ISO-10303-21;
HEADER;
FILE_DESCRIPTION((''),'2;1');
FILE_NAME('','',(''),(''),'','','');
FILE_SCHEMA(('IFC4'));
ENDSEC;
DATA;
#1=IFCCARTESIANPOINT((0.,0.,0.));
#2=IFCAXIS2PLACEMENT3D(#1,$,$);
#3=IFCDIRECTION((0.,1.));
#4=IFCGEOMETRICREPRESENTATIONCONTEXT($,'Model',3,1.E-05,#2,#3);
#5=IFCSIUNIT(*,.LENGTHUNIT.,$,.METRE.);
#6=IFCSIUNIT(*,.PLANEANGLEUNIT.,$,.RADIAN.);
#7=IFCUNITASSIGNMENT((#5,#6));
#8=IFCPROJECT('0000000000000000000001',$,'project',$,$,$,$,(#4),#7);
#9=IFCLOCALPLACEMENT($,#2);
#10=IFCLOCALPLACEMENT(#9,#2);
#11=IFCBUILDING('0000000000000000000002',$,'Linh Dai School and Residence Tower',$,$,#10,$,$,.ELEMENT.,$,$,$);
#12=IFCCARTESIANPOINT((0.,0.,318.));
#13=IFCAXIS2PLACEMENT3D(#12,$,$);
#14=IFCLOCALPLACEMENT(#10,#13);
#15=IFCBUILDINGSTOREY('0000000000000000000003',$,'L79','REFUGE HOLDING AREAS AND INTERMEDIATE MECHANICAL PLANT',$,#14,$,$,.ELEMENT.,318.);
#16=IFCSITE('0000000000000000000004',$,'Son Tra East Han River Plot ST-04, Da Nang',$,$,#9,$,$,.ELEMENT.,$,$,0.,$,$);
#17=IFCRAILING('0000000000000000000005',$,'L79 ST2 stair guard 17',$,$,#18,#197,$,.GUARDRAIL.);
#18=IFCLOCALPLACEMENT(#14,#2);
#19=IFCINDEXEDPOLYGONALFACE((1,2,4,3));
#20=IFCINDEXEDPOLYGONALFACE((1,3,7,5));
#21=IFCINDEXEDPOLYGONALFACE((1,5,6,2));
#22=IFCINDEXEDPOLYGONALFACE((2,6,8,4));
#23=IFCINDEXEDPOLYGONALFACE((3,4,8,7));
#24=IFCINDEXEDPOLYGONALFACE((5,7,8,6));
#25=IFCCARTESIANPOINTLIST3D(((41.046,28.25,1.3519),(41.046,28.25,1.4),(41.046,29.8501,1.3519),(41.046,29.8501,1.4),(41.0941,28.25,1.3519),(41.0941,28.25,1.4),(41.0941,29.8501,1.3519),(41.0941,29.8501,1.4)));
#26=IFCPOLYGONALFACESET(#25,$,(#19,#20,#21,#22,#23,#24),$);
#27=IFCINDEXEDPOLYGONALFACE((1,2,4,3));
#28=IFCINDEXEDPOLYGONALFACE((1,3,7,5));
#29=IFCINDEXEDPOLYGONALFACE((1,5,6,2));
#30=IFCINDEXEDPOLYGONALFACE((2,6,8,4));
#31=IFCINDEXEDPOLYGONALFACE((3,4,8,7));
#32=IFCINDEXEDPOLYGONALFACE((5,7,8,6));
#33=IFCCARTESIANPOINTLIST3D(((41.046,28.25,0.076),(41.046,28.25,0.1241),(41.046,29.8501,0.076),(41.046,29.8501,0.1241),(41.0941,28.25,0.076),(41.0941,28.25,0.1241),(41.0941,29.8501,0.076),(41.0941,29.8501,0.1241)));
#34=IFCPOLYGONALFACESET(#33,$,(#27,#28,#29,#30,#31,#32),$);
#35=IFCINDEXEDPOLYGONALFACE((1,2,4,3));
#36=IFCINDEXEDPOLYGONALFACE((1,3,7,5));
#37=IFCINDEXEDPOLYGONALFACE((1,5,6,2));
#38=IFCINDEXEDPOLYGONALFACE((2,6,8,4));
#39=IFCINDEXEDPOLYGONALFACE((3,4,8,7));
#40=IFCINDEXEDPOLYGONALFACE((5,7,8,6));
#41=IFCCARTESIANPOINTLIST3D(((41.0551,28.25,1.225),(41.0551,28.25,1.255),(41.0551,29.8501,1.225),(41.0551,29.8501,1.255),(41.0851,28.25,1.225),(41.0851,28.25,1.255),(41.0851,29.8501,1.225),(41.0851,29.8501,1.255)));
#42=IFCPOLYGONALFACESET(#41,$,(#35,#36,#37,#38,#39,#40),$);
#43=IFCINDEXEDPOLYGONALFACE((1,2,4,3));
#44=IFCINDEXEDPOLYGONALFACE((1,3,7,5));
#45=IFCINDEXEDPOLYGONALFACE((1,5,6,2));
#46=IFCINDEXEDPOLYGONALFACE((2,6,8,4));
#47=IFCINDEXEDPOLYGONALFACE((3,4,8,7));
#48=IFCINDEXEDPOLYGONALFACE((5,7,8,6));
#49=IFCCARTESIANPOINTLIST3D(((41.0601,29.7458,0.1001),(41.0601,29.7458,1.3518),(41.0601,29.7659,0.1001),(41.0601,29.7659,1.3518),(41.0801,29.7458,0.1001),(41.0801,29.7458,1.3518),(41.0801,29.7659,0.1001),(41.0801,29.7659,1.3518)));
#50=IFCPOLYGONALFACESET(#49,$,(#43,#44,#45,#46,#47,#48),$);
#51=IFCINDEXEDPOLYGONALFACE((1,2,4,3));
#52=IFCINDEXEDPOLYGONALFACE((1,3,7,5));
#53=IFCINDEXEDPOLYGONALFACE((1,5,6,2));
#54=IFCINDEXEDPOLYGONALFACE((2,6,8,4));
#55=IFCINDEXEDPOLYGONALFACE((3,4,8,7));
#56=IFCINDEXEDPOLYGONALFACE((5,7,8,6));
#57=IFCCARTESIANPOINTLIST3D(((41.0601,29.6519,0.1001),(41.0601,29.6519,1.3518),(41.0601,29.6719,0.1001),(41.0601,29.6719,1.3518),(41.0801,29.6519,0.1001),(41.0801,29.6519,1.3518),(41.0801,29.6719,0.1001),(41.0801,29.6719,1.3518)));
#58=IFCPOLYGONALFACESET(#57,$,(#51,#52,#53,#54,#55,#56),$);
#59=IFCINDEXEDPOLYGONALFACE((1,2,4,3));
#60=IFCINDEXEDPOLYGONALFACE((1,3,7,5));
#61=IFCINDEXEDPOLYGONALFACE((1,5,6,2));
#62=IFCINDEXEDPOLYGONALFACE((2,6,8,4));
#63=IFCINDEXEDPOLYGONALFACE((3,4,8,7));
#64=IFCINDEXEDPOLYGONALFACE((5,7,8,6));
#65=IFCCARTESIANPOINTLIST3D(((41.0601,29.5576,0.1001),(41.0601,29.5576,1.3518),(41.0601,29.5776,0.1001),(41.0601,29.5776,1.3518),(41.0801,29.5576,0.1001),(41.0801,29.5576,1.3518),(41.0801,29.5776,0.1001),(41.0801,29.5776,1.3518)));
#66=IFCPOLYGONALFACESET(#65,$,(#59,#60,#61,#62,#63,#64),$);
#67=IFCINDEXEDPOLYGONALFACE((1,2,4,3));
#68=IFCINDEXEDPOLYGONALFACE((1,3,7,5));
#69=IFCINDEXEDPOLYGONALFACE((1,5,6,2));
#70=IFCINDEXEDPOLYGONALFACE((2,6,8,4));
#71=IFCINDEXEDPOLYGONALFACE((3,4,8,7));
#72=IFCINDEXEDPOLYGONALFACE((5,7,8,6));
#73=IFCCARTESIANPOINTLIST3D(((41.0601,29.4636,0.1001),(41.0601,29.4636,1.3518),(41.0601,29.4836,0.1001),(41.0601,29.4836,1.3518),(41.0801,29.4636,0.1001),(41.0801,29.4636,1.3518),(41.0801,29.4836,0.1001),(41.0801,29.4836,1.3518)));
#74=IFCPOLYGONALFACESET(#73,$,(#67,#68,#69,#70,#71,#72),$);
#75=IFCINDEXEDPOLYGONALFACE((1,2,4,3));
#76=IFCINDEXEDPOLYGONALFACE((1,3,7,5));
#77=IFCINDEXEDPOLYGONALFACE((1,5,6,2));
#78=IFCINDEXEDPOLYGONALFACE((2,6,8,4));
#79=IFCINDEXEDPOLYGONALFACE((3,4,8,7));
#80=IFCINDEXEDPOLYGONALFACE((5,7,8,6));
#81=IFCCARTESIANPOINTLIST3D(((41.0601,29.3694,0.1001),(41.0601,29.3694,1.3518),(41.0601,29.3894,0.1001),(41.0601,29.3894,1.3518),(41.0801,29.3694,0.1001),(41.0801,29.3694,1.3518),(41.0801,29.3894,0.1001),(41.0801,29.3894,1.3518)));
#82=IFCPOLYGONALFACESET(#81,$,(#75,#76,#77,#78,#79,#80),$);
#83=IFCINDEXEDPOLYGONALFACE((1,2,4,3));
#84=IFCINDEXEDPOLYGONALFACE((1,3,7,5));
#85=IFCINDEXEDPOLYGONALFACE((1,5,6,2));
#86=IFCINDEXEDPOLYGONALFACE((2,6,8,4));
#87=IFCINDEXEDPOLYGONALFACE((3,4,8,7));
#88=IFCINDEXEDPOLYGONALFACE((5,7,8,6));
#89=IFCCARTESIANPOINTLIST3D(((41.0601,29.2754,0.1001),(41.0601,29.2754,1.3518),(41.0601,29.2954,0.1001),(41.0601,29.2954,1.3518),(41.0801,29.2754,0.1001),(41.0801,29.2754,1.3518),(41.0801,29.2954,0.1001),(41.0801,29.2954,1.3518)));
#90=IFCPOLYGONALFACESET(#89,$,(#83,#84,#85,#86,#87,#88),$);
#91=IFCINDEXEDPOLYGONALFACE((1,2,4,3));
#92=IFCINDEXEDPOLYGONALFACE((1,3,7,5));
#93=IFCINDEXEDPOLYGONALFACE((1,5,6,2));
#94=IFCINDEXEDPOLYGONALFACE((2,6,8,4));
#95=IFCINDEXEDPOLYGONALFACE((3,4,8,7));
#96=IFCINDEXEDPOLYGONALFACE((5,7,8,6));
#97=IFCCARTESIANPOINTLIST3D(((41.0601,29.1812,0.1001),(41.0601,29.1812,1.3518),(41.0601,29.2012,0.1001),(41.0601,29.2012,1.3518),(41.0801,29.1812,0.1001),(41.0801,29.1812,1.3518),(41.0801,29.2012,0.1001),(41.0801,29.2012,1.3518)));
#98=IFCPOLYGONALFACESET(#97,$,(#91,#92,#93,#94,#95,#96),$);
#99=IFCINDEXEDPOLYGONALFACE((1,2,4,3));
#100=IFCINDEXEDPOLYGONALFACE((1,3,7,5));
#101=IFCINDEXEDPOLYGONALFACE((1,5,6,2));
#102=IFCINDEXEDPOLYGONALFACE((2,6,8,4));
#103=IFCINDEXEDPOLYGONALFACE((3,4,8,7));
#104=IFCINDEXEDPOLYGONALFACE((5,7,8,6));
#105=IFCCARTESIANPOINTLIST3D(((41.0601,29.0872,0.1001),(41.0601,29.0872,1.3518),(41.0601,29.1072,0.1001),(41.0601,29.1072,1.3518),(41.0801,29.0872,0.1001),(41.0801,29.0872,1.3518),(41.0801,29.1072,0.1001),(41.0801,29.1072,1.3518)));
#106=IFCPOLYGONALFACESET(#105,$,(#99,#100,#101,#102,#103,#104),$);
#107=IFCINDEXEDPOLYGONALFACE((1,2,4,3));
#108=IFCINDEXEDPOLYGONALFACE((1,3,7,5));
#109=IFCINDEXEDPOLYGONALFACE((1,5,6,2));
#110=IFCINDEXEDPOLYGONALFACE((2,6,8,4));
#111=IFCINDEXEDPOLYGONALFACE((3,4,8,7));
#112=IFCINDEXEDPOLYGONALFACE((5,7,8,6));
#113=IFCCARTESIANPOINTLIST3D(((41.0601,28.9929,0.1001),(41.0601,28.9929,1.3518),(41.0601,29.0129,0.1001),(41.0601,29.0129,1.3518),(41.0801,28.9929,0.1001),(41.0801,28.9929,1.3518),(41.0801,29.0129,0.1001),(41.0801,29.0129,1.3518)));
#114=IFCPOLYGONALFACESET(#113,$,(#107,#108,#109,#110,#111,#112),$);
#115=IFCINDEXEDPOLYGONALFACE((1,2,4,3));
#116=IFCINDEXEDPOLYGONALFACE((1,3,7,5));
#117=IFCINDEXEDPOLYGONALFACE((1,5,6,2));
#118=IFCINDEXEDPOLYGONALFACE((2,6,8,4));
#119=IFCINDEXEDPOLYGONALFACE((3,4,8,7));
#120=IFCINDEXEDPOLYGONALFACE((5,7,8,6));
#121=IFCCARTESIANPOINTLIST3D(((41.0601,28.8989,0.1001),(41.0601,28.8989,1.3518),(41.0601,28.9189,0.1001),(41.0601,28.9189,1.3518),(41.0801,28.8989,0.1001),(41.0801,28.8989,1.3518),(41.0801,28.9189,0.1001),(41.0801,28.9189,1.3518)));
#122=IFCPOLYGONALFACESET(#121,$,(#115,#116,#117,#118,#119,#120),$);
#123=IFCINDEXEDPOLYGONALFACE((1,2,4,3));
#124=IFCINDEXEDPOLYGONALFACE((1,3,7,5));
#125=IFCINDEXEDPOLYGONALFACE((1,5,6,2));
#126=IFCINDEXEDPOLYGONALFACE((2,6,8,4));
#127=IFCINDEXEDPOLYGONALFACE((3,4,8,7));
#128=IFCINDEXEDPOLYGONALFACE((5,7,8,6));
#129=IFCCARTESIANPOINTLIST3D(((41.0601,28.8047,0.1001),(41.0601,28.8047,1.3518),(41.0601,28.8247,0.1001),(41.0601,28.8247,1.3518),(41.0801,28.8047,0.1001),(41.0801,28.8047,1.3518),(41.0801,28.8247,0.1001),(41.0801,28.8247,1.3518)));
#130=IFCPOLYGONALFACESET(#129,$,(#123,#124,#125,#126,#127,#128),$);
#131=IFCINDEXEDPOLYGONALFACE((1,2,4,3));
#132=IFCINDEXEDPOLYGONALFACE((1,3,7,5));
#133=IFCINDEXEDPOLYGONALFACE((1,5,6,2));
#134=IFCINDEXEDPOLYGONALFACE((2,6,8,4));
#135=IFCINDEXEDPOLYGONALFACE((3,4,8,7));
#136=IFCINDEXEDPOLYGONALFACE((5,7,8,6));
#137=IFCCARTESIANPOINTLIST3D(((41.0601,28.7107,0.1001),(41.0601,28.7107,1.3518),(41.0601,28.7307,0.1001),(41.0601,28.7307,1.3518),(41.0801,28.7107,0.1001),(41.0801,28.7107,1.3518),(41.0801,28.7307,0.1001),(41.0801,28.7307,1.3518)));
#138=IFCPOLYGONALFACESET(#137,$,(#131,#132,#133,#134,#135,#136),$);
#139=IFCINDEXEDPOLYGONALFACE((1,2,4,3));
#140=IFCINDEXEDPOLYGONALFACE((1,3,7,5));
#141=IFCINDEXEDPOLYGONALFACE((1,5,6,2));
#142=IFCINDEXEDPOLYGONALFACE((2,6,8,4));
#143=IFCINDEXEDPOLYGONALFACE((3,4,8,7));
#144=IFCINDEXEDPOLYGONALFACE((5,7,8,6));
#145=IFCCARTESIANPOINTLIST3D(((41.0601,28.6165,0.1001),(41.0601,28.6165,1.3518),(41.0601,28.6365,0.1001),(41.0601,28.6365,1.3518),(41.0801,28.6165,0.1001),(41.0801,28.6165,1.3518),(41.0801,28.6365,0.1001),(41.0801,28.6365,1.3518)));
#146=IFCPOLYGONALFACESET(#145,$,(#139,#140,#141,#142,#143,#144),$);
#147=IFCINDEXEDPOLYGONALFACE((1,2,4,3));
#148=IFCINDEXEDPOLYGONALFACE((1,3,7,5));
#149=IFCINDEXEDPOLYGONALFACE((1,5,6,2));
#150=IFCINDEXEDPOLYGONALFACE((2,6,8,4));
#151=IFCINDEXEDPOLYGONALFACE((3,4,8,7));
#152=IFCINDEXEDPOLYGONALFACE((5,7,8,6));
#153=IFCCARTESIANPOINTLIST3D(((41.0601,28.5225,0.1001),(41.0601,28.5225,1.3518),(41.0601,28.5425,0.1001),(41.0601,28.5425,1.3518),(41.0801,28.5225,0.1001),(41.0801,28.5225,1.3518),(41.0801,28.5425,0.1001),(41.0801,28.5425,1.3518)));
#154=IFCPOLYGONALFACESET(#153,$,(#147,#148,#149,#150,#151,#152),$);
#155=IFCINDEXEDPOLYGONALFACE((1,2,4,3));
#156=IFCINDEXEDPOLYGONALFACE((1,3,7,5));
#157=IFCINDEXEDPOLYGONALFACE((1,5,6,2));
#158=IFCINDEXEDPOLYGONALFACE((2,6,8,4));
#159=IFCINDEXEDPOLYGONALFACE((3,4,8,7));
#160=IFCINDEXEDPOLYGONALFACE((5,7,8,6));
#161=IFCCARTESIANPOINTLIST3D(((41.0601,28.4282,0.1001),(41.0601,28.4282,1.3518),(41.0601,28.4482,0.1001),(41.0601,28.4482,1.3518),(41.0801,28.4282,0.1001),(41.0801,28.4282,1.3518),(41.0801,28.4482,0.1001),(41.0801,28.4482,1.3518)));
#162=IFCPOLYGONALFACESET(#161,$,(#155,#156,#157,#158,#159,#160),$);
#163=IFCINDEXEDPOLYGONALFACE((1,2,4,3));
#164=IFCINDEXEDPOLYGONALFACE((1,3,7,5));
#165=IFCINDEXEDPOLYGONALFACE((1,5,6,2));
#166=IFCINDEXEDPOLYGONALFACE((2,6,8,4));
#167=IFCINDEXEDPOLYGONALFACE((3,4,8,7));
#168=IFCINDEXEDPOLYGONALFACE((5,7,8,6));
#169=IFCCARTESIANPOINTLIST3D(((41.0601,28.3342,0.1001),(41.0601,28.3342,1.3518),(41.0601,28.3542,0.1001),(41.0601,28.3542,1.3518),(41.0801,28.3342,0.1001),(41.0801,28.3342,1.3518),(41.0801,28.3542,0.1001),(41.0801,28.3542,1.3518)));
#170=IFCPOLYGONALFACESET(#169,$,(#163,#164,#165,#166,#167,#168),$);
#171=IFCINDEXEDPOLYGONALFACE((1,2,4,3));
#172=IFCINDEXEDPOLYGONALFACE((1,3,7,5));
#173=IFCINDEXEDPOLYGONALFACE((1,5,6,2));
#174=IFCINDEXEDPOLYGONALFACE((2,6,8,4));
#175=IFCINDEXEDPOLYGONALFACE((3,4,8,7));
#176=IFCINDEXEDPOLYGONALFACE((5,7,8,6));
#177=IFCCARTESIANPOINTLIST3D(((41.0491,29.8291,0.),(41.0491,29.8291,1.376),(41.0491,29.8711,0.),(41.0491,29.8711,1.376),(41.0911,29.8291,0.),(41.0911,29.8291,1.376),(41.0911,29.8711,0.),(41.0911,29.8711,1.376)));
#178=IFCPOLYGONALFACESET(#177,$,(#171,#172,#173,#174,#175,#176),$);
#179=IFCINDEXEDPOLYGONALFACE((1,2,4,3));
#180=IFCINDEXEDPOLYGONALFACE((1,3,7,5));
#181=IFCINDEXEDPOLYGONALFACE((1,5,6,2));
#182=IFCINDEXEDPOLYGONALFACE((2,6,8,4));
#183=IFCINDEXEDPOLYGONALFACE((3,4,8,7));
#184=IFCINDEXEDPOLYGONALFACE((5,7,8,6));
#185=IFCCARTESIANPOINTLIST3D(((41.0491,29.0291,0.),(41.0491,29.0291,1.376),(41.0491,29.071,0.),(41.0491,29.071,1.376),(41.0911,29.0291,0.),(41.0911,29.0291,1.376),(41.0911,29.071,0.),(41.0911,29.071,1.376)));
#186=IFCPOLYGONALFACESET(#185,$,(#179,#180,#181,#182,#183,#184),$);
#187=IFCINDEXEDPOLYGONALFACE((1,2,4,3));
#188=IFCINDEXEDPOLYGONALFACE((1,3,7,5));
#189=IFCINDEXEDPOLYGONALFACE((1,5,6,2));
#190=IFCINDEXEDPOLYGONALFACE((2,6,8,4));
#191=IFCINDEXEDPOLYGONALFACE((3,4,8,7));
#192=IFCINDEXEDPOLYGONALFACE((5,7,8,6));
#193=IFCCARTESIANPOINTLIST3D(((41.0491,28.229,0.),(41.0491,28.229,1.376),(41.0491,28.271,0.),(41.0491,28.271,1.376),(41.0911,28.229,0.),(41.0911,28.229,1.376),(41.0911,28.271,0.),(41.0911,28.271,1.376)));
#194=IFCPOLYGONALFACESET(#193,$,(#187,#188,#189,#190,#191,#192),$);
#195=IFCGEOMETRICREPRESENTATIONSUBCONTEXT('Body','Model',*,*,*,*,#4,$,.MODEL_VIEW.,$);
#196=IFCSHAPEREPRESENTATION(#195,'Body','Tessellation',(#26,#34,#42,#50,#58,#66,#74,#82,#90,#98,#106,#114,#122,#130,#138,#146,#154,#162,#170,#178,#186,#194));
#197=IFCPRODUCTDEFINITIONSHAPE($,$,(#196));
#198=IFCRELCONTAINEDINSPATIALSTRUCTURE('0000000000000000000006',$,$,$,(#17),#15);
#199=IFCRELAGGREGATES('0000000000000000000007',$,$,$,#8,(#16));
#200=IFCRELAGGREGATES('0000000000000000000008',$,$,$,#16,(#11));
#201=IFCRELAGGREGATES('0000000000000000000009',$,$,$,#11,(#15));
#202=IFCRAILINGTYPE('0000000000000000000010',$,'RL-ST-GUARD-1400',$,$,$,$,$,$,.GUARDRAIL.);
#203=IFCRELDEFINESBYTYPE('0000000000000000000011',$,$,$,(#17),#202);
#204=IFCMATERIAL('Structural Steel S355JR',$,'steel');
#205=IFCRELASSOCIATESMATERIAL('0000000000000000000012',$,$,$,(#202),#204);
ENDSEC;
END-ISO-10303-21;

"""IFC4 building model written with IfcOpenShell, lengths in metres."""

from ifc_helpers import new_model, si_unit, direction, frame, origin, origin_2d, place, context, subcontext, project, spatial, rectangle, extrude, source, transform, mapped, material, type_object, element, save


model = new_model("IFC4")

# Units and contexts
model_context = context("Model", 3, precision=1e-05, world=origin(), true_north=direction((0.0, 1.0)))
body_context = subcontext(model_context, "Body", "Model", "MODEL_VIEW")
ifc_project = project(units=[si_unit("LENGTHUNIT", "METRE"), si_unit("PLANEANGLEUNIT", "RADIAN")], contexts=[model_context])

# Site, building, storey
site_placement = place(None, origin())
site = spatial("IfcSite", under=ifc_project, at=site_placement, Name="Son Tra East Han River Plot ST-04, Da Nang", CompositionType="ELEMENT", RefElevation=0.0)
building_placement = place(site_placement, origin())
building = spatial("IfcBuilding", under=site, at=building_placement, Name="Linh Dai School and Residence Tower", CompositionType="ELEMENT")
storey_placement = place(building_placement, frame((0.0, 0.0, 318.0)))
storey = spatial("IfcBuildingStorey", under=building, at=storey_placement, Name="L79", Description="REFUGE HOLDING AREAS AND INTERMEDIATE MECHANICAL PLANT", CompositionType="ELEMENT", Elevation=318.0)

# Shared definitions
ifc_material_1 = material(Name="Structural Steel S355JR", Category="steel")

# Railing
railing_type_1 = type_object("IfcRailingType", Name="RL-ST-GUARD-1400", PredefinedType="GUARDRAIL", material=ifc_material_1)
shared_shape_1 = source(origin(), body_context, "Body", "SweptSolid", [
    extrude(rectangle(XDim=0.0481, YDim=0.0481, at=origin_2d()), frame((0.0, 0.0, 1.376), z_axis=(0.0, -1.0, 0.0), x_axis=(1.0, 0.0, 0.0)), (0.0, 0.0, 1.0), 1.6001),
    extrude(rectangle(XDim=0.0481, YDim=0.0481, at=origin_2d()), frame((0.0, 0.0, 0.1001), z_axis=(0.0, -1.0, 0.0), x_axis=(1.0, 0.0, 0.0)), (0.0, 0.0, 1.0), 1.6001),
    extrude(rectangle(XDim=0.03, YDim=0.03, at=origin_2d()), frame((0.0, 0.0, 1.24), z_axis=(0.0, -1.0, 0.0), x_axis=(1.0, 0.0, 0.0)), (0.0, 0.0, 1.0), 1.6001),
    extrude(rectangle(XDim=0.02, YDim=0.02, at=origin_2d()), frame((0.0, -0.0942, 0.1001)), (0.0, 0.0, 1.0), 1.2517),
    extrude(rectangle(XDim=0.02, YDim=0.02, at=origin_2d()), frame((0.0, -0.1882, 0.1001)), (0.0, 0.0, 1.0), 1.2517),
    extrude(rectangle(XDim=0.02, YDim=0.02, at=origin_2d()), frame((0.0, -0.2825, 0.1001)), (0.0, 0.0, 1.0), 1.2517),
    extrude(rectangle(XDim=0.02, YDim=0.02, at=origin_2d()), frame((0.0, -0.3765, 0.1001)), (0.0, 0.0, 1.0), 1.2517),
    extrude(rectangle(XDim=0.02, YDim=0.02, at=origin_2d()), frame((0.0, -0.4707, 0.1001)), (0.0, 0.0, 1.0), 1.2517),
    extrude(rectangle(XDim=0.02, YDim=0.02, at=origin_2d()), frame((0.0, -0.5647, 0.1001)), (0.0, 0.0, 1.0), 1.2517),
    extrude(rectangle(XDim=0.02, YDim=0.02, at=origin_2d()), frame((0.0, -0.6589, 0.1001)), (0.0, 0.0, 1.0), 1.2517),
    extrude(rectangle(XDim=0.02, YDim=0.02, at=origin_2d()), frame((0.0, -0.7529, 0.1001)), (0.0, 0.0, 1.0), 1.2517),
    extrude(rectangle(XDim=0.02, YDim=0.02, at=origin_2d()), frame((0.0, -0.8472, 0.1001)), (0.0, 0.0, 1.0), 1.2517),
    extrude(rectangle(XDim=0.02, YDim=0.02, at=origin_2d()), frame((0.0, -0.9412, 0.1001)), (0.0, 0.0, 1.0), 1.2517),
    extrude(rectangle(XDim=0.02, YDim=0.02, at=origin_2d()), frame((0.0, -1.0354, 0.1001)), (0.0, 0.0, 1.0), 1.2517),
    extrude(rectangle(XDim=0.02, YDim=0.02, at=origin_2d()), frame((0.0, -1.1294, 0.1001)), (0.0, 0.0, 1.0), 1.2517),
    extrude(rectangle(XDim=0.02, YDim=0.02, at=origin_2d()), frame((0.0, -1.2236, 0.1001)), (0.0, 0.0, 1.0), 1.2517),
    extrude(rectangle(XDim=0.02, YDim=0.02, at=origin_2d()), frame((0.0, -1.3176, 0.1001)), (0.0, 0.0, 1.0), 1.2517),
    extrude(rectangle(XDim=0.02, YDim=0.02, at=origin_2d()), frame((0.0, -1.4119, 0.1001)), (0.0, 0.0, 1.0), 1.2517),
    extrude(rectangle(XDim=0.02, YDim=0.02, at=origin_2d()), frame((0.0, -1.5059, 0.1001)), (0.0, 0.0, 1.0), 1.2517),
    extrude(rectangle(XDim=0.042, YDim=0.042, at=origin_2d()), origin(), (0.0, 0.0, 1.0), 1.376),
    extrude(rectangle(XDim=0.042, YDim=0.042, at=origin_2d()), frame((0.0, -0.8, 0.0)), (0.0, 0.0, 1.0), 1.376),
    extrude(rectangle(XDim=0.042, YDim=0.042, at=origin_2d()), frame((0.0, -1.6001, 0.0)), (0.0, 0.0, 1.0), 1.376),
])
for number, where, name in (
    (1, (41.0701, 29.8501, 0.0), "L79 ST2 stair guard 17"),
):
    element("IfcRailing", number, at=place(storey_placement, frame(where)), inside=storey, type_object=railing_type_1, Name=name, PredefinedType="GUARDRAIL", context=body_context, shape_type="MappedRepresentation", body=[
        mapped(shared_shape_1, transform((0.0, 0.0, 0.0), x_axis=(1.0, 0.0, 0.0), y_axis=(0.0, 1.0, 0.0), z_axis=(0.0, 0.0, 1.0), scale=1.0)),
    ])

save(model, "model.ifc")
